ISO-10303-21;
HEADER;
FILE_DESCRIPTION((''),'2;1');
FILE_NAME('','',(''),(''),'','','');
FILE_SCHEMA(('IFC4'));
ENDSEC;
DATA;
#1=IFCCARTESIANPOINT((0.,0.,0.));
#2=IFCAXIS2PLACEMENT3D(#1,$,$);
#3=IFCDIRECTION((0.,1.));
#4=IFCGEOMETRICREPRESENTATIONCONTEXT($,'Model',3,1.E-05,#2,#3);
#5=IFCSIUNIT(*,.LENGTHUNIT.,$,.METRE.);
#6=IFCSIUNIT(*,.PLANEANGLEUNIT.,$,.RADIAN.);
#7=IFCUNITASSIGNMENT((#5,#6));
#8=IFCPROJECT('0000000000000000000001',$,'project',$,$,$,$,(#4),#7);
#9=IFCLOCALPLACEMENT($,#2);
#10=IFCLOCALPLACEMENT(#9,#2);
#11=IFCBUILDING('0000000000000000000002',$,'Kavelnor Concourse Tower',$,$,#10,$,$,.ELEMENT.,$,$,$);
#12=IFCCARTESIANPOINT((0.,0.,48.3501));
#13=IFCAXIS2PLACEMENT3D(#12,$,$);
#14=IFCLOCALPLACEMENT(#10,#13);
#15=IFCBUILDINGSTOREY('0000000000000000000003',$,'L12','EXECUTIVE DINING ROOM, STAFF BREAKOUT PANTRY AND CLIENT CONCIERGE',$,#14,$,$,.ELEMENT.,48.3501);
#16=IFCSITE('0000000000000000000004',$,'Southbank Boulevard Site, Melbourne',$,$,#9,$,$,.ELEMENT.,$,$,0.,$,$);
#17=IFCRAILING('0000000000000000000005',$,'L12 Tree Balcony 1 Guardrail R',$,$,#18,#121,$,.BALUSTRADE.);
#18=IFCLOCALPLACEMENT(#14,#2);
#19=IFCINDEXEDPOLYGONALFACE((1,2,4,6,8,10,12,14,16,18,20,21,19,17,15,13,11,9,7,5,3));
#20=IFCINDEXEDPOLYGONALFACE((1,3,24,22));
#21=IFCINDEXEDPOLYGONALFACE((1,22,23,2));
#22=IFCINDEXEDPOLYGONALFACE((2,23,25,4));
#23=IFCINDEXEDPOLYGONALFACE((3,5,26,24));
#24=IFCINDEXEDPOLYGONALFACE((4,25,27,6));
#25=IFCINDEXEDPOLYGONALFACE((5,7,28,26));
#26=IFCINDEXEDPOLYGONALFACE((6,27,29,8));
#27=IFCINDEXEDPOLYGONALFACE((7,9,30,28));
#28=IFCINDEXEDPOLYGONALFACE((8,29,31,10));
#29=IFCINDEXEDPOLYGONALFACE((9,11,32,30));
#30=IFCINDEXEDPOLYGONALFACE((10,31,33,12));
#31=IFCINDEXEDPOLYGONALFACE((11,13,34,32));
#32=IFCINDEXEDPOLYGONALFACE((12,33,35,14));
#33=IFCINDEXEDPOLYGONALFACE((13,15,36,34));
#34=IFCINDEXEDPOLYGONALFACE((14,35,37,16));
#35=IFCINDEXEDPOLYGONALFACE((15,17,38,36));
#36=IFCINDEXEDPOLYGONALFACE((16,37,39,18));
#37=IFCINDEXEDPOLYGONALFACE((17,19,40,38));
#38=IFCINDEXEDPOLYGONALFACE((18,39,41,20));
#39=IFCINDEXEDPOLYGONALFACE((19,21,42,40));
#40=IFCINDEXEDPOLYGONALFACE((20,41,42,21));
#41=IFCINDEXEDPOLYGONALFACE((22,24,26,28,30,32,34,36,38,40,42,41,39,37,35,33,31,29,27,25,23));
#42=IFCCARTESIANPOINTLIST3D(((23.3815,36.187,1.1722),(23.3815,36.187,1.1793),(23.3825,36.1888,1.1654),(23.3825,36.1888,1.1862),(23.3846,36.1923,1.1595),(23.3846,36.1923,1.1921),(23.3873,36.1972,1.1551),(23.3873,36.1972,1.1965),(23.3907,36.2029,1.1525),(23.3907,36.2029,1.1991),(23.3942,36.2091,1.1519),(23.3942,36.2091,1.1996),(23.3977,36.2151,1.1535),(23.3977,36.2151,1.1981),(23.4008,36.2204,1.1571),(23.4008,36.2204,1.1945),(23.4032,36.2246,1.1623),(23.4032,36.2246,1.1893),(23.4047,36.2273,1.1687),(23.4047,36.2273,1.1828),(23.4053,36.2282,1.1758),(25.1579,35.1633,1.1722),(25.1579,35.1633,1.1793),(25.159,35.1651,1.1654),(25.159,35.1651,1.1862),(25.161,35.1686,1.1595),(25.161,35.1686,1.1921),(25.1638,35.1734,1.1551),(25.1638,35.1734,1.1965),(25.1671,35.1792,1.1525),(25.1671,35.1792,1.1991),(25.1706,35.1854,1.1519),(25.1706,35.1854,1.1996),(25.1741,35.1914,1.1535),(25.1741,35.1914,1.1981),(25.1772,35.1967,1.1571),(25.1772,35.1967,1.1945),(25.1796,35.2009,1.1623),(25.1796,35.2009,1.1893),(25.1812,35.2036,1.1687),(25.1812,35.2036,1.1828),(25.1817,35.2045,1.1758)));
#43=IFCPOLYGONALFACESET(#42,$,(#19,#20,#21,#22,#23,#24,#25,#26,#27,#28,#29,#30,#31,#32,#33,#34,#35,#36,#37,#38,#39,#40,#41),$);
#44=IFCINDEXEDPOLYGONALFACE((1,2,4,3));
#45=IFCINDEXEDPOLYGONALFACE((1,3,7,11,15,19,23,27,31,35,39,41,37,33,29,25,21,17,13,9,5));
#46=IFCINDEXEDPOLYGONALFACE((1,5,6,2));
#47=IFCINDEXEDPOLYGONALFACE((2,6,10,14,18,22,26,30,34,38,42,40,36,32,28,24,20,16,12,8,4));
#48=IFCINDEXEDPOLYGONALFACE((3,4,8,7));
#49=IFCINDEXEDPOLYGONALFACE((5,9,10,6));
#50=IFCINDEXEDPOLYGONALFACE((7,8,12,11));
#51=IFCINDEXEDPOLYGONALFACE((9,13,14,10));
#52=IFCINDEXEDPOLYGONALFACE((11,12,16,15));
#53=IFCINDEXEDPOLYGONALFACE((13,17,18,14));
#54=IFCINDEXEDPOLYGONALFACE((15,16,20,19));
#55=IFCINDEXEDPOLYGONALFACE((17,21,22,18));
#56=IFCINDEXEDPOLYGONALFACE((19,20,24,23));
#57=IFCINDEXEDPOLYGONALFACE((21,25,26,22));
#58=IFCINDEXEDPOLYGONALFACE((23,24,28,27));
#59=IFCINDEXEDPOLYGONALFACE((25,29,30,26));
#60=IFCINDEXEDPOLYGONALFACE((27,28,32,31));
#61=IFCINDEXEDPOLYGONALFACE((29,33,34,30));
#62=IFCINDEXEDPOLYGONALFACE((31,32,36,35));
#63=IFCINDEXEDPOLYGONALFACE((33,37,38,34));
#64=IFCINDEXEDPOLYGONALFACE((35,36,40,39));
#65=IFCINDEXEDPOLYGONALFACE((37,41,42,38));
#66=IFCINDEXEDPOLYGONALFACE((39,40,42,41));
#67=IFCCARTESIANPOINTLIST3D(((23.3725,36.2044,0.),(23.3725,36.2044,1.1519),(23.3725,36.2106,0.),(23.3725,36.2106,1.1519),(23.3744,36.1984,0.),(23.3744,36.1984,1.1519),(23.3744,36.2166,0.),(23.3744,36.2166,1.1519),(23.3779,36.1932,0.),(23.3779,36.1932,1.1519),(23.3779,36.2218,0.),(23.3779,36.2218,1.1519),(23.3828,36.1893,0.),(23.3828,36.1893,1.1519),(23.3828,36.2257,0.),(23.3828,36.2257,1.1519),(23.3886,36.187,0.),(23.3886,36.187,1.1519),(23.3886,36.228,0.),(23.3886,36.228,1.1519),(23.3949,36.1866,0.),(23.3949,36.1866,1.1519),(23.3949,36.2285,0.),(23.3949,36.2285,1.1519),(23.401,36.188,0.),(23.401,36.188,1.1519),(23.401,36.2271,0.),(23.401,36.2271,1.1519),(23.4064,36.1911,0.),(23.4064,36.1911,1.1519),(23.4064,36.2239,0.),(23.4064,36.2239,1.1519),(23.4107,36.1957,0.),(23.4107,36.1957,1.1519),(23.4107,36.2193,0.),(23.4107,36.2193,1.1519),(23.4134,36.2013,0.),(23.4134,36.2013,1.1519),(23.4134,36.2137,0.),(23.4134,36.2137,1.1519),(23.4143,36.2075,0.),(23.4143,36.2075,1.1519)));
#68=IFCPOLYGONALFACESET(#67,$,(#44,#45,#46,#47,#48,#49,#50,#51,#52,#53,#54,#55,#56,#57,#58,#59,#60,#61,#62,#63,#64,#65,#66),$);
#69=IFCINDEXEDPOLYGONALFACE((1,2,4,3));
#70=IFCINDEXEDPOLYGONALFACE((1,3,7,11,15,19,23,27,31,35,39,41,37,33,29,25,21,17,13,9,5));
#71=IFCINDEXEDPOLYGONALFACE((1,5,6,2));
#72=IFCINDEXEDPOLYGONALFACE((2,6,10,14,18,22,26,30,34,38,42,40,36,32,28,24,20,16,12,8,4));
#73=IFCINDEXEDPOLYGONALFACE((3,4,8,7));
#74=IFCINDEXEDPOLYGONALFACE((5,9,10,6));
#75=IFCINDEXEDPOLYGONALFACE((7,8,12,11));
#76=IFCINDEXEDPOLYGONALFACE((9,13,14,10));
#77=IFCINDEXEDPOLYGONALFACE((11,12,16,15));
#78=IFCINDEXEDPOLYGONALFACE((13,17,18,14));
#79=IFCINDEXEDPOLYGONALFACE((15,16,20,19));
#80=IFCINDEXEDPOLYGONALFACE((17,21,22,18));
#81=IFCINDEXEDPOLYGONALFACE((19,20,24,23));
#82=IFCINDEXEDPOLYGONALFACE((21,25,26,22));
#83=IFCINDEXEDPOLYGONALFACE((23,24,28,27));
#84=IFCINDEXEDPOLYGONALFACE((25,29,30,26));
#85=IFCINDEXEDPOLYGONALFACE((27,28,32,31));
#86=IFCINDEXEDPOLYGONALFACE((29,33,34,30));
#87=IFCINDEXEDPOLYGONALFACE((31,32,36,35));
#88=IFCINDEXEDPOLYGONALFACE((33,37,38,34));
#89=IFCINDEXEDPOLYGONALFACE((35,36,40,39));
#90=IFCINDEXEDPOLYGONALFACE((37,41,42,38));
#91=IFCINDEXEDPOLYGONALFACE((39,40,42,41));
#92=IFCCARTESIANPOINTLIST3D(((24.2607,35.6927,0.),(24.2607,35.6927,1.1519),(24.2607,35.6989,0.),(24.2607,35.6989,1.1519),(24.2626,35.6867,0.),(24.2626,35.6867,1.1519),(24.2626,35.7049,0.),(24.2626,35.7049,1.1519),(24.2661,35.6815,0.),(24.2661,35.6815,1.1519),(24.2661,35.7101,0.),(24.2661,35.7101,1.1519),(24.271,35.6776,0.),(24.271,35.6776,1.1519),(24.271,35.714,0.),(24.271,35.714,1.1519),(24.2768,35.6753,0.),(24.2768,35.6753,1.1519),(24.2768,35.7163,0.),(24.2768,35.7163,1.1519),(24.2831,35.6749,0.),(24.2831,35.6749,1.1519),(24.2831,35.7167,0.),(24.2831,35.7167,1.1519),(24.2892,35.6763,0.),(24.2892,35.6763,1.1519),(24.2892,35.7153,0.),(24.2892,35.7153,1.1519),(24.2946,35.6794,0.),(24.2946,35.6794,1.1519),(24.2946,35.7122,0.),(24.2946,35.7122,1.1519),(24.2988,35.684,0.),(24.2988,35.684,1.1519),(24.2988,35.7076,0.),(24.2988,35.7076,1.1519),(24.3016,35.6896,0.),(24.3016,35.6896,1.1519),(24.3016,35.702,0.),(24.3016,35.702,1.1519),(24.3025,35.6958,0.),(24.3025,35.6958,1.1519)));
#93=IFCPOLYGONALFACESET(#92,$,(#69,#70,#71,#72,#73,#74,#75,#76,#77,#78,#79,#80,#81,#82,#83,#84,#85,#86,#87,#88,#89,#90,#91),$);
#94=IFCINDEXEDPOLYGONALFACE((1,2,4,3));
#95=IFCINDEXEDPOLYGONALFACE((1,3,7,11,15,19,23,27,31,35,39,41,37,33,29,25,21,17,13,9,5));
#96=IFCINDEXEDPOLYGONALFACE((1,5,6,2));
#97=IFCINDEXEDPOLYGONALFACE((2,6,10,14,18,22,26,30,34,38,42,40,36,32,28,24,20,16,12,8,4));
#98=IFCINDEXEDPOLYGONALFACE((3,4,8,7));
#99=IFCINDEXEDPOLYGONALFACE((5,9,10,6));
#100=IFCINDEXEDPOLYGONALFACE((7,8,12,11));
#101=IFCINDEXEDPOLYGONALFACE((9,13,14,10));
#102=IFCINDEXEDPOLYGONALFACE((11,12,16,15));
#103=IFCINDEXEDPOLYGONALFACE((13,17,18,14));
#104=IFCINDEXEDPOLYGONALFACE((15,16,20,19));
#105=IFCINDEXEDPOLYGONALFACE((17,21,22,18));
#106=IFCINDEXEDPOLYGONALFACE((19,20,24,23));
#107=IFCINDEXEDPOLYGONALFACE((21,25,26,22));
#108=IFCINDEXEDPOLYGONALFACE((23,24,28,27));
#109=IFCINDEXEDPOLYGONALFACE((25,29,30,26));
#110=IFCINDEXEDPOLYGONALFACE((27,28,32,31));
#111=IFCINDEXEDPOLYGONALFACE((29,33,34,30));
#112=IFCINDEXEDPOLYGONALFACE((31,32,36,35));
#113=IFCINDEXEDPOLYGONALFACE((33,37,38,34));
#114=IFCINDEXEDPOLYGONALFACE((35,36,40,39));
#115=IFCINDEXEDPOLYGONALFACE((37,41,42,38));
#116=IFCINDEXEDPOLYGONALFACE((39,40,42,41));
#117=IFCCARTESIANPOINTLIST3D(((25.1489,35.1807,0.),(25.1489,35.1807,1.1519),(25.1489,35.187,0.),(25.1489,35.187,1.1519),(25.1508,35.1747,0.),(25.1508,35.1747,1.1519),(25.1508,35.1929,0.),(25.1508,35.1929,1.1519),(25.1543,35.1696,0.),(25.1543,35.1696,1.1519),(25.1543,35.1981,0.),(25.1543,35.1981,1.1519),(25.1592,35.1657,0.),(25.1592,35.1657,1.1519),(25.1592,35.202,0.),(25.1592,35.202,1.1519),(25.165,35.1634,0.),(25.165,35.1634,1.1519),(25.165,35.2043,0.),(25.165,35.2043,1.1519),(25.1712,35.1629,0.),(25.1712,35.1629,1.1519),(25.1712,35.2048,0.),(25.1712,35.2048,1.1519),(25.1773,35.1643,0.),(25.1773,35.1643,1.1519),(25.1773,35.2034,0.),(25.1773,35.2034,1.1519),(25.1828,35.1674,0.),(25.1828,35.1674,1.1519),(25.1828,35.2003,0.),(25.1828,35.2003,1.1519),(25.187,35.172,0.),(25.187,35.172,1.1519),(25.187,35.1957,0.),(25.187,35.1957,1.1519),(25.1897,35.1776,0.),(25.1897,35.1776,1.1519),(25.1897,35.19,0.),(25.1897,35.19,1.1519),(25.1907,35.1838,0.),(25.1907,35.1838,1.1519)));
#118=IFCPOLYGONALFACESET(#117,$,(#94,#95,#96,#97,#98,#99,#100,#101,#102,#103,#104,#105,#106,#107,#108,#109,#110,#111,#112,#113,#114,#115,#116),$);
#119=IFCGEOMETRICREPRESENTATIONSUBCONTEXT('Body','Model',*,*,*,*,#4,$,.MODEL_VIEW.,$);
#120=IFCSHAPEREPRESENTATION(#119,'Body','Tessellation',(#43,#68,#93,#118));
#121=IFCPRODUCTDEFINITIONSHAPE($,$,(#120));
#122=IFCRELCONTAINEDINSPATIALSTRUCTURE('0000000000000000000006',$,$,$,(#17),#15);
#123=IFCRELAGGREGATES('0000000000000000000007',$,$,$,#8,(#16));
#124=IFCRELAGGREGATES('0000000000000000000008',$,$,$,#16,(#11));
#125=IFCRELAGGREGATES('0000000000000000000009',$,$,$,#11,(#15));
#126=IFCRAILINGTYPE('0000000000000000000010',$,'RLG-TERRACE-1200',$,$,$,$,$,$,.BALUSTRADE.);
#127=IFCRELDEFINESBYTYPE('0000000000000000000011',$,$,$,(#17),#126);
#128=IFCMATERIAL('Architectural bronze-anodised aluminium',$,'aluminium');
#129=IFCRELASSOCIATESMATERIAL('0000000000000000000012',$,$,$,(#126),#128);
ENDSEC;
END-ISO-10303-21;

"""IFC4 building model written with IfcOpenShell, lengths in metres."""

from ifc_helpers import new_model, si_unit, direction, frame, origin, origin_2d, place, context, subcontext, project, spatial, circle, extrude, material, type_object, element, save


model = new_model("IFC4")

# Units and contexts
model_context = context("Model", 3, precision=1e-05, world=origin(), true_north=direction((0.0, 1.0)))
body_context = subcontext(model_context, "Body", "Model", "MODEL_VIEW")
ifc_project = project(units=[si_unit("LENGTHUNIT", "METRE"), si_unit("PLANEANGLEUNIT", "RADIAN")], contexts=[model_context])

# Site, building, storey
site_placement = place(None, origin())
site = spatial("IfcSite", under=ifc_project, at=site_placement, Name="Southbank Boulevard Site, Melbourne", CompositionType="ELEMENT", RefElevation=0.0)
building_placement = place(site_placement, origin())
building = spatial("IfcBuilding", under=site, at=building_placement, Name="Kavelnor Concourse Tower", CompositionType="ELEMENT")
storey_placement = place(building_placement, frame((0.0, 0.0, 48.3501)))
storey = spatial("IfcBuildingStorey", under=building, at=storey_placement, Name="L12", Description="EXECUTIVE DINING ROOM, STAFF BREAKOUT PANTRY AND CLIENT CONCIERGE", CompositionType="ELEMENT", Elevation=48.3501)

# Railing
ifc_material_1 = material(Name="Architectural bronze-anodised aluminium", Category="aluminium")
railing_type = type_object("IfcRailingType", Name="RLG-TERRACE-1200", PredefinedType="BALUSTRADE", material=ifc_material_1)
railing_1_placement = place(storey_placement, frame((23.3933, 36.2075, 0.0)))
element("IfcRailing", 1, at=railing_1_placement, inside=storey, type_object=railing_type, Name="L12 Tree Balcony 1 Guardrail R", PredefinedType="BALUSTRADE", context=body_context, shape_type="SweptSolid", body=[
    extrude(circle(Radius=0.0239, at=origin_2d()), frame((0.0, 0.0, 1.1758), z_axis=(0.866427, -0.499303, 0.0), x_axis=(0.499303, 0.866427, 0.0)), (0.0, 0.0, 1.0), 2.0503),
    extrude(circle(Radius=0.021, at=origin_2d()), origin(), (0.0, 0.0, 1.0), 1.1519),
    extrude(circle(Radius=0.021, at=origin_2d()), frame((0.8882, -0.5117, 0.0)), (0.0, 0.0, 1.0), 1.1519),
    extrude(circle(Radius=0.021, at=origin_2d()), frame((1.7764, -1.0237, 0.0)), (0.0, 0.0, 1.0), 1.1519),
])

save(model, "model.ifc")
